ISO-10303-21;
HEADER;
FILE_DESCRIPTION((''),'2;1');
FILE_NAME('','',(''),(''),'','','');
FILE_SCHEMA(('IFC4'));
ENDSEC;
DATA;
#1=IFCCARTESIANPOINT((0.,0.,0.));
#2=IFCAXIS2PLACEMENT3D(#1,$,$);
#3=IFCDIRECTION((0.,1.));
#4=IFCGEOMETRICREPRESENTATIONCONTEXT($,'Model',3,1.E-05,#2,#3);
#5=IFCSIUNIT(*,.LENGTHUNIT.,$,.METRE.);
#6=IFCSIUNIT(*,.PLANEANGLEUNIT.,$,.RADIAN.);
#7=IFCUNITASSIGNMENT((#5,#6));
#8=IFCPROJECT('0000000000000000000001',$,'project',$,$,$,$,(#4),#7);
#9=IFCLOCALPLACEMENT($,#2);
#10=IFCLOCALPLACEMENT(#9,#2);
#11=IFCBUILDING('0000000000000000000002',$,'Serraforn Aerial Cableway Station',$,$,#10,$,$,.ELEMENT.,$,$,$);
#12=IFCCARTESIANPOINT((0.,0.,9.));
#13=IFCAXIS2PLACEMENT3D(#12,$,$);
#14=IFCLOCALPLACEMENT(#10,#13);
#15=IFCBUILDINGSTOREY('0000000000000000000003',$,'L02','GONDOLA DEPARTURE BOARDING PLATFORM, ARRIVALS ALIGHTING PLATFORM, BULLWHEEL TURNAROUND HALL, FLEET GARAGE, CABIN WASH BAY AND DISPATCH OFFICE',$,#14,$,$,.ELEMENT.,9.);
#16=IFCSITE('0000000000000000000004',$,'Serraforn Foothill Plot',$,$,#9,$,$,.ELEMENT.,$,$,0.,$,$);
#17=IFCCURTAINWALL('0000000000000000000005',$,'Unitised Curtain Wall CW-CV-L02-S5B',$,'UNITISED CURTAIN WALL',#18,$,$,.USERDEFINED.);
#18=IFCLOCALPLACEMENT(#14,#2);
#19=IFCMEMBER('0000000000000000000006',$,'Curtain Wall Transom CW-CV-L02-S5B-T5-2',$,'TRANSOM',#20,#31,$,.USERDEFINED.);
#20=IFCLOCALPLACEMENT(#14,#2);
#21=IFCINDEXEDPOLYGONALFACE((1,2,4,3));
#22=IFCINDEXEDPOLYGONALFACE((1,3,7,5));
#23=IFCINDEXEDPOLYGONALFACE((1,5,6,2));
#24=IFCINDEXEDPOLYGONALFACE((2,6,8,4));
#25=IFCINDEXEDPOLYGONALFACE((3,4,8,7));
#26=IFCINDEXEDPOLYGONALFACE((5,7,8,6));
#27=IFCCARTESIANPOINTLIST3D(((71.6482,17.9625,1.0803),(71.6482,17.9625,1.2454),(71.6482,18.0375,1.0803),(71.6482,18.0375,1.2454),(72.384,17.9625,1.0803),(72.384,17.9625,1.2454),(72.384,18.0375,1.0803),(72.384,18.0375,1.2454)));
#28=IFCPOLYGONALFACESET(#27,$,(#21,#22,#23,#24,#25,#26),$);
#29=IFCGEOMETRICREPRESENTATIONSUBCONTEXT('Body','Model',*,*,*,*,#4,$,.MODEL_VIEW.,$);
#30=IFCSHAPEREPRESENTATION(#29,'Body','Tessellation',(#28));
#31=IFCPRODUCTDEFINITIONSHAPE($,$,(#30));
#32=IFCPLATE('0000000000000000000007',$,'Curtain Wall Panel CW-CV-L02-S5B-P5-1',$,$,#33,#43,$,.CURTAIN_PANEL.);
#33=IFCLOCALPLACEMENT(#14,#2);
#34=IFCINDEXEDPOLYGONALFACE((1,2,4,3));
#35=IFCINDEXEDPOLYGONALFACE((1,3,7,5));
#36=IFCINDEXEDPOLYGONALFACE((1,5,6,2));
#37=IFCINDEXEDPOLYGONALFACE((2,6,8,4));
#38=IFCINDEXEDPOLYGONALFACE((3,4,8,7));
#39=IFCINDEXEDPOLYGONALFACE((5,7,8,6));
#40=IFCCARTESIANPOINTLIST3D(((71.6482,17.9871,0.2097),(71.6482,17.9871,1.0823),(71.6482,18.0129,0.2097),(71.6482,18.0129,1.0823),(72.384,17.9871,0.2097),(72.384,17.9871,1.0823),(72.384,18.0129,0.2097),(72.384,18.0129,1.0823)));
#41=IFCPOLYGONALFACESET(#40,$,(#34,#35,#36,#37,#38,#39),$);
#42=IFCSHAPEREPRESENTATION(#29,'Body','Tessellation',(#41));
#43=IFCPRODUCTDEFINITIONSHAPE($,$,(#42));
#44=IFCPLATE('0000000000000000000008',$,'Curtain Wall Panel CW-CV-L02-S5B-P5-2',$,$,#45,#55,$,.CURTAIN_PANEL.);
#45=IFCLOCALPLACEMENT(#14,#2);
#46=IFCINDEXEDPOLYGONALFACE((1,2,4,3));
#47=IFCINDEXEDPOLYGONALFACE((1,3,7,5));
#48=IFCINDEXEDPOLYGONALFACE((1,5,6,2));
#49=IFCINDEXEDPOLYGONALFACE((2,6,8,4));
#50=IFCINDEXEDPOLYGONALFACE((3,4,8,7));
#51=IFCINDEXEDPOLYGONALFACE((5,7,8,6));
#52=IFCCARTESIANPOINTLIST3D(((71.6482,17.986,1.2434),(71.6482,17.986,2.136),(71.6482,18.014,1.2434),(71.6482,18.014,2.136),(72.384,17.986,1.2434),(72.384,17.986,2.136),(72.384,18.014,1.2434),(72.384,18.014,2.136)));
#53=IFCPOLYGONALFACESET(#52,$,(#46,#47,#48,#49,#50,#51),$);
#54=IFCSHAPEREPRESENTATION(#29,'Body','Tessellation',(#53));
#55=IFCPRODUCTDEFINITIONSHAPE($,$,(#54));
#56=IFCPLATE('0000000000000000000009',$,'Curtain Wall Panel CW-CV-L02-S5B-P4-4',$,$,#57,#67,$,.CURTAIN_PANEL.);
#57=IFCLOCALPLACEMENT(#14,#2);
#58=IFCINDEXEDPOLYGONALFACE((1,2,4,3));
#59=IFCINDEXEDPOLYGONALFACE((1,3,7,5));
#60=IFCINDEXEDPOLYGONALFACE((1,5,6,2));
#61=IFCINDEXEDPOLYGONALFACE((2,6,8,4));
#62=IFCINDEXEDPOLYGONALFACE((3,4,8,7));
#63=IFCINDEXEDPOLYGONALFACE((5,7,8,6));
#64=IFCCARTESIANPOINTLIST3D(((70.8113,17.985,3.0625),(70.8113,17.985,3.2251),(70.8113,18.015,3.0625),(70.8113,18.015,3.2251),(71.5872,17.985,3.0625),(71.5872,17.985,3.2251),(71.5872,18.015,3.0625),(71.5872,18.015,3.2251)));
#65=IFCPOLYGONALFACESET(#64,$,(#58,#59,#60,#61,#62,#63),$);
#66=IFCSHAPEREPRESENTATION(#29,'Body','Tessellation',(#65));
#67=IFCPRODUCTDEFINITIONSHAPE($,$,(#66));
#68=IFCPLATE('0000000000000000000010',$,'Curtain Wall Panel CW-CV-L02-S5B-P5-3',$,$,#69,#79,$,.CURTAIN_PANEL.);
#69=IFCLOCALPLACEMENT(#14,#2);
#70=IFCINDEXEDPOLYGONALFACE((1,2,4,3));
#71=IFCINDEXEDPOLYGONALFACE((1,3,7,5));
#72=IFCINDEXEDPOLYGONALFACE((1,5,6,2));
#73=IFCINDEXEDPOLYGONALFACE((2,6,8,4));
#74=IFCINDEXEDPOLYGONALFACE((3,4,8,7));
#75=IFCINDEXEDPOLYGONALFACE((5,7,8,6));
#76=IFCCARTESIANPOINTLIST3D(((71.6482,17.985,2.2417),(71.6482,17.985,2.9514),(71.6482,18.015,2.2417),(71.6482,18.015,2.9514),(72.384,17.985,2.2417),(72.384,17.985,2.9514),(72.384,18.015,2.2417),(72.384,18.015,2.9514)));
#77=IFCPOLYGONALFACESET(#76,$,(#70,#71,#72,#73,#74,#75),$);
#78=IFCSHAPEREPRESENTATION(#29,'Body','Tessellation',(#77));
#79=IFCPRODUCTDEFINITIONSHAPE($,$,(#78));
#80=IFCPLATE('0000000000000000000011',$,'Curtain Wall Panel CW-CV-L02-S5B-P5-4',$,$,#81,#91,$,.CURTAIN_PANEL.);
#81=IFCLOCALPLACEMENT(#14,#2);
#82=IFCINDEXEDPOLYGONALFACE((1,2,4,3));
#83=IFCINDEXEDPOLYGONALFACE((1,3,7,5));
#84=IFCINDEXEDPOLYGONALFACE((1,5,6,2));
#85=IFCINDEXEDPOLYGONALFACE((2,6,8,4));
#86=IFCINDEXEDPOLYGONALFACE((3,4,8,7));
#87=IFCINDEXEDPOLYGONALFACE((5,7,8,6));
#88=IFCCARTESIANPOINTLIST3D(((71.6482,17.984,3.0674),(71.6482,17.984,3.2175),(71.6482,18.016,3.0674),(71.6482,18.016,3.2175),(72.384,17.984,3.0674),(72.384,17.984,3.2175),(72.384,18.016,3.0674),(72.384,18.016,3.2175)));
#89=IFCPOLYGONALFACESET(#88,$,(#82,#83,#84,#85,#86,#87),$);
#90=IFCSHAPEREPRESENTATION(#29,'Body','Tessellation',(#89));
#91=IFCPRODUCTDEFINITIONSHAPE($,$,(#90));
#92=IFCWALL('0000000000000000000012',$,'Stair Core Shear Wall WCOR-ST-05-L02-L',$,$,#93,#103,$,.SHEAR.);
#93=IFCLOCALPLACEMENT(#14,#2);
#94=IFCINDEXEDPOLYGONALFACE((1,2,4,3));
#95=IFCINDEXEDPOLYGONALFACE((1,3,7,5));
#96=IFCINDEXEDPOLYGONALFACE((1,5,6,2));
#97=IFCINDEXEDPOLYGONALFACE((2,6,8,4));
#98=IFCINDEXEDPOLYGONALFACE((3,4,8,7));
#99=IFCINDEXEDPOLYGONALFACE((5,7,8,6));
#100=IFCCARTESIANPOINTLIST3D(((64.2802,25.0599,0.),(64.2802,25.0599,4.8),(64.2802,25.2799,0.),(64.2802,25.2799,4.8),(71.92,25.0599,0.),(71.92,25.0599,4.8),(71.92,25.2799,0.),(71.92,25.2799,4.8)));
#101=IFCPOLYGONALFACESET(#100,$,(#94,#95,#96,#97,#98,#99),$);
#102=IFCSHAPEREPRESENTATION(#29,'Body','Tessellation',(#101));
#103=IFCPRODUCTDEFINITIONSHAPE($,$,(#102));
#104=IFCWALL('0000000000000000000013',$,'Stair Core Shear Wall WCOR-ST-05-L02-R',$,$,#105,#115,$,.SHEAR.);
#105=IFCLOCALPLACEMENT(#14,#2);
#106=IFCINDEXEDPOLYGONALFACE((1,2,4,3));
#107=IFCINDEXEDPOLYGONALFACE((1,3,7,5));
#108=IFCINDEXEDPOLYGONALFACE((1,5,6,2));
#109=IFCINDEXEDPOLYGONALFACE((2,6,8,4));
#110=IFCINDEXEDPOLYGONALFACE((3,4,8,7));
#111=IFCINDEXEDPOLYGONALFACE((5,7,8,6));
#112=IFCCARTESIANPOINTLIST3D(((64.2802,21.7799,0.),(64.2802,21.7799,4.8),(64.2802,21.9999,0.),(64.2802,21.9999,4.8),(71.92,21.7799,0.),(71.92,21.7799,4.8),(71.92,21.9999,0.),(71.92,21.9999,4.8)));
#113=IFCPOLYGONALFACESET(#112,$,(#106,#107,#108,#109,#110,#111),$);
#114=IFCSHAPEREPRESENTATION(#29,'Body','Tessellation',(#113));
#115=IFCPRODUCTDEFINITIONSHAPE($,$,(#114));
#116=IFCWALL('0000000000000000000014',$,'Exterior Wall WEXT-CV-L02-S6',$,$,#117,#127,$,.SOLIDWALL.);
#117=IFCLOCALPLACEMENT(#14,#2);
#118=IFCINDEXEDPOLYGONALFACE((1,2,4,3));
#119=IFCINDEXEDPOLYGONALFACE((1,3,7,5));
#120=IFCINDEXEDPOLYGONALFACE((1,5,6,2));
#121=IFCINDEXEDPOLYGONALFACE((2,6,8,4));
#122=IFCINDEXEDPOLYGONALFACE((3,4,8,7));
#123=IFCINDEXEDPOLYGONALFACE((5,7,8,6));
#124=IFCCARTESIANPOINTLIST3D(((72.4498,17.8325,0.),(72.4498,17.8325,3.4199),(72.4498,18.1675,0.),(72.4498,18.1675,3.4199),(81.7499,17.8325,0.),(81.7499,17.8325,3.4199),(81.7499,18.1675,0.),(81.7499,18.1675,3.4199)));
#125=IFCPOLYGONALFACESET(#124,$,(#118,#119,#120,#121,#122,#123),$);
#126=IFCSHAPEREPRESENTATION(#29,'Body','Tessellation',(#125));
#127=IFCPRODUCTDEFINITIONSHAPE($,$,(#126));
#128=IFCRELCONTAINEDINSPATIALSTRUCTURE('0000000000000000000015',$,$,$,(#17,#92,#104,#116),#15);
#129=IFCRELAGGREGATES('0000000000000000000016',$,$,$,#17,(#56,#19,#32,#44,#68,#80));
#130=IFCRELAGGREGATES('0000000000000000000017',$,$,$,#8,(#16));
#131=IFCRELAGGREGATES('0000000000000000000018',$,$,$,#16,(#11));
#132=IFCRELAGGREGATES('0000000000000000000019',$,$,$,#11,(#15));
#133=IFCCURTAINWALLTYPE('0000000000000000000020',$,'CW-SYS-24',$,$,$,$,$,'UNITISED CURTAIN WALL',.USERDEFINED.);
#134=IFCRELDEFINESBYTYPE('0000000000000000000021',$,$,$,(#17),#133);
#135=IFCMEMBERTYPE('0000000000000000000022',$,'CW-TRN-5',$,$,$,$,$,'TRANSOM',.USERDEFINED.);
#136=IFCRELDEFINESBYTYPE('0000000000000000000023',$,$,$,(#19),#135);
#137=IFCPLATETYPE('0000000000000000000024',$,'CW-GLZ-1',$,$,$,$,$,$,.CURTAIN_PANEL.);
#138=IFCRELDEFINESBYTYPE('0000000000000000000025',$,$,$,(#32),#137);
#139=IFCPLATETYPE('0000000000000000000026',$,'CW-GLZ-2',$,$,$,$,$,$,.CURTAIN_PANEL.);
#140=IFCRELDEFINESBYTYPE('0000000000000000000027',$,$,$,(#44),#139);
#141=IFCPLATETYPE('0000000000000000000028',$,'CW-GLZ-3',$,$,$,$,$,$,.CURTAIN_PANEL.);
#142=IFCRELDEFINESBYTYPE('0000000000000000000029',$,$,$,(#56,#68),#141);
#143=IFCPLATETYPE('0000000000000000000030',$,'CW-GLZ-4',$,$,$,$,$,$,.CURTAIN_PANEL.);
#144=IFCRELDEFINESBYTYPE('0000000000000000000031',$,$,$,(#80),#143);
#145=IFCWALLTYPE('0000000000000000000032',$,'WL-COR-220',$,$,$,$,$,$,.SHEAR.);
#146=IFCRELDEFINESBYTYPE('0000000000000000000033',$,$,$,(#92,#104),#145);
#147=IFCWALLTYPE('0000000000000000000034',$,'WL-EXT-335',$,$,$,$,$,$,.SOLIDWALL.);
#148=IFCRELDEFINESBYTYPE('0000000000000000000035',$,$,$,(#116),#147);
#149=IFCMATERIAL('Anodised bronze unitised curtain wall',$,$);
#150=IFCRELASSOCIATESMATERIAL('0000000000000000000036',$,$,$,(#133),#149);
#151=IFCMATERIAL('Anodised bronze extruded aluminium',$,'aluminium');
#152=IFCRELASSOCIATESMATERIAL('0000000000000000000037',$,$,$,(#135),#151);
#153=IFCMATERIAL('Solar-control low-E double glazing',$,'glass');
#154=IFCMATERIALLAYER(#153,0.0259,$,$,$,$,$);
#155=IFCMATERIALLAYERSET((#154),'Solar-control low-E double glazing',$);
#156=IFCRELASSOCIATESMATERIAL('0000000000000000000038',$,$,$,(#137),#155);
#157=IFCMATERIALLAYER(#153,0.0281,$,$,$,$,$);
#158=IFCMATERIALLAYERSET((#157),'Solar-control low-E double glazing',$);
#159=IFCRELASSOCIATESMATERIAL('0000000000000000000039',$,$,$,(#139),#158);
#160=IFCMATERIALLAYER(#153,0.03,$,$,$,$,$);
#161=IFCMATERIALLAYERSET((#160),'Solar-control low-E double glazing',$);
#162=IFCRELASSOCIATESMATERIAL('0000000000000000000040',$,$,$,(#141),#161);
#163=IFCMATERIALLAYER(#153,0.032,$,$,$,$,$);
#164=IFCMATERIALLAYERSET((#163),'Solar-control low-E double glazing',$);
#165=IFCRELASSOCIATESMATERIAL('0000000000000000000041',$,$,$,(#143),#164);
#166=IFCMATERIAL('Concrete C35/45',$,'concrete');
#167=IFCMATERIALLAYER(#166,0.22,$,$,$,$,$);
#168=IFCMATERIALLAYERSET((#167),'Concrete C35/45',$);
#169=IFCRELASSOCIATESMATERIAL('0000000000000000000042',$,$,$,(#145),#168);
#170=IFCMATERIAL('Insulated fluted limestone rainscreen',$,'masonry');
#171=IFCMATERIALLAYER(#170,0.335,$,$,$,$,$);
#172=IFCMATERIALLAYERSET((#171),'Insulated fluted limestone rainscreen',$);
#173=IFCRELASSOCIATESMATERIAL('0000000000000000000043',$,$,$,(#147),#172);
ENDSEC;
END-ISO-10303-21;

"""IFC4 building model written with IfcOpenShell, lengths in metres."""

from ifc_helpers import new_model, si_unit, direction, frame, frame_2d, origin, origin_2d, place, context, subcontext, project, spatial, rectangle, extrude, material, layer, layer_set, material_profile, profile_set, type_object, element, aggregate, save


model = new_model("IFC4")

# Units and contexts
model_context = context("Model", 3, precision=1e-05, world=origin(), true_north=direction((0.0, 1.0)))
body_context = subcontext(model_context, "Body", "Model", "MODEL_VIEW")
ifc_project = project(units=[si_unit("LENGTHUNIT", "METRE"), si_unit("PLANEANGLEUNIT", "RADIAN")], contexts=[model_context])

# Site, building, storey
site_placement = place(None, origin())
site = spatial("IfcSite", under=ifc_project, at=site_placement, Name="Serraforn Foothill Plot", CompositionType="ELEMENT", RefElevation=0.0)
building_placement = place(site_placement, origin())
building = spatial("IfcBuilding", under=site, at=building_placement, Name="Serraforn Aerial Cableway Station", CompositionType="ELEMENT")
storey_placement = place(building_placement, frame((0.0, 0.0, 9.0)))
storey = spatial("IfcBuildingStorey", under=building, at=storey_placement, Name="L02", Description="GONDOLA DEPARTURE BOARDING PLATFORM, ARRIVALS ALIGHTING PLATFORM, BULLWHEEL TURNAROUND HALL, FLEET GARAGE, CABIN WASH BAY AND DISPATCH OFFICE", CompositionType="ELEMENT", Elevation=9.0)

# Curtain wall, member, plates
ifc_material_1 = material(Name="Anodised bronze unitised curtain wall")
curtain_wall_type = type_object("IfcCurtainWallType", Name="CW-SYS-24", ElementType="UNITISED CURTAIN WALL", PredefinedType="USERDEFINED", material=ifc_material_1)
curtain_wall_placement = place(storey_placement, origin())
curtain_wall = element("IfcCurtainWall", 1, at=curtain_wall_placement, inside=storey, type_object=curtain_wall_type, Name="Unitised Curtain Wall CW-CV-L02-S5B", ObjectType="UNITISED CURTAIN WALL", PredefinedType="USERDEFINED")
ifc_material_2 = material(Name="Anodised bronze extruded aluminium", Category="aluminium")
ifc_material_profile_1 = material_profile(ifc_material_2, rectangle(XDim=0.075, YDim=0.165, at=origin_2d()), Name="CW TRANSOM 75x165")
ifc_profile_set_1 = profile_set([ifc_material_profile_1], Name="Anodised bronze extruded aluminium")
member_type_1 = type_object("IfcMemberType", Name="CW-TRN-5", ElementType="TRANSOM", PredefinedType="USERDEFINED", material=ifc_profile_set_1)
member_1_placement = place(storey_placement, frame((71.6482, 18.0, 1.1628), z_axis=(1.0, 0.0, 0.0), x_axis=(0.0, 1.0, 0.0)))
member_1 = element("IfcMember", 2, at=member_1_placement, type_object=member_type_1, Name="Curtain Wall Transom CW-CV-L02-S5B-T5-2", ObjectType="TRANSOM", PredefinedType="USERDEFINED", context=body_context, shape_type="SweptSolid", body=[
    extrude(rectangle(XDim=0.075, YDim=0.165, at=origin_2d()), origin(), (0.0, 0.0, 1.0), 0.7358),
])
ifc_material_3 = material(Name="Solar-control low-E double glazing", Category="glass")
ifc_layer_1 = layer(ifc_material_3, 0.0259)
ifc_layer_set_1 = layer_set([ifc_layer_1], Name="Solar-control low-E double glazing")
plate_type_1 = type_object("IfcPlateType", Name="CW-GLZ-1", PredefinedType="CURTAIN_PANEL", material=ifc_layer_set_1)
plate_1_placement = place(storey_placement, frame((72.0161, 18.0, 0.2097), z_axis=(0.0, 0.0, 1.0), x_axis=(1.0, 0.0, 0.0)))
plate_1 = element("IfcPlate", 3, at=plate_1_placement, type_object=plate_type_1, Name="Curtain Wall Panel CW-CV-L02-S5B-P5-1", PredefinedType="CURTAIN_PANEL", context=body_context, shape_type="SweptSolid", body=[
    extrude(rectangle(XDim=0.7358, YDim=0.0259, at=origin_2d()), origin(), (0.0, 0.0, 1.0), 0.8726),
])
ifc_layer_2 = layer(ifc_material_3, 0.0281)
ifc_layer_set_2 = layer_set([ifc_layer_2], Name="Solar-control low-E double glazing")
plate_type_2 = type_object("IfcPlateType", Name="CW-GLZ-2", PredefinedType="CURTAIN_PANEL", material=ifc_layer_set_2)
plate_2_placement = place(storey_placement, frame((72.0161, 18.0, 1.2434), z_axis=(0.0, 0.0, 1.0), x_axis=(1.0, 0.0, 0.0)))
plate_2 = element("IfcPlate", 4, at=plate_2_placement, type_object=plate_type_2, Name="Curtain Wall Panel CW-CV-L02-S5B-P5-2", PredefinedType="CURTAIN_PANEL", context=body_context, shape_type="SweptSolid", body=[
    extrude(rectangle(XDim=0.7358, YDim=0.0281, at=origin_2d()), origin(), (0.0, 0.0, 1.0), 0.8926),
])
ifc_layer_3 = layer(ifc_material_3, 0.03)
ifc_layer_set_3 = layer_set([ifc_layer_3], Name="Solar-control low-E double glazing")
plate_type_3 = type_object("IfcPlateType", Name="CW-GLZ-3", PredefinedType="CURTAIN_PANEL", material=ifc_layer_set_3)
plate_3_placement = place(storey_placement, frame((71.1992, 18.0, 3.0625), z_axis=(0.0, 0.0, 1.0), x_axis=(1.0, 0.0, 0.0)))
plate_3 = element("IfcPlate", 5, at=plate_3_placement, type_object=plate_type_3, Name="Curtain Wall Panel CW-CV-L02-S5B-P4-4", PredefinedType="CURTAIN_PANEL", context=body_context, shape_type="SweptSolid", body=[
    extrude(rectangle(XDim=0.7759, YDim=0.03, at=origin_2d()), origin(), (0.0, 0.0, 1.0), 0.1626),
])
plate_4_placement = place(storey_placement, frame((72.0161, 18.0, 2.2417), z_axis=(0.0, 0.0, 1.0), x_axis=(1.0, 0.0, 0.0)))
plate_4 = element("IfcPlate", 6, at=plate_4_placement, type_object=plate_type_3, Name="Curtain Wall Panel CW-CV-L02-S5B-P5-3", PredefinedType="CURTAIN_PANEL", context=body_context, shape_type="SweptSolid", body=[
    extrude(rectangle(XDim=0.7358, YDim=0.03, at=origin_2d()), origin(), (0.0, 0.0, 1.0), 0.7097),
])
ifc_layer_4 = layer(ifc_material_3, 0.032)
ifc_layer_set_4 = layer_set([ifc_layer_4], Name="Solar-control low-E double glazing")
plate_type_4 = type_object("IfcPlateType", Name="CW-GLZ-4", PredefinedType="CURTAIN_PANEL", material=ifc_layer_set_4)
plate_5_placement = place(storey_placement, frame((72.0161, 18.0, 3.0674), z_axis=(0.0, 0.0, 1.0), x_axis=(1.0, 0.0, 0.0)))
plate_5 = element("IfcPlate", 7, at=plate_5_placement, type_object=plate_type_4, Name="Curtain Wall Panel CW-CV-L02-S5B-P5-4", PredefinedType="CURTAIN_PANEL", context=body_context, shape_type="SweptSolid", body=[
    extrude(rectangle(XDim=0.7358, YDim=0.032, at=origin_2d()), origin(), (0.0, 0.0, 1.0), 0.1501),
])
aggregate(curtain_wall, [plate_3, member_1, plate_1, plate_2, plate_4, plate_5])

# Shared definitions
ifc_material_4 = material(Name="Concrete C35/45", Category="concrete")
ifc_layer_5 = layer(ifc_material_4, 0.22)
ifc_layer_set_5 = layer_set([ifc_layer_5], Name="Concrete C35/45")
wall_type_1 = type_object("IfcWallType", Name="WL-COR-220", PredefinedType="SHEAR", material=ifc_layer_set_5)

# Walls
for number, where, z_axis, x_axis, name in (
    (8, (71.9199, 25.1699, 0.0), (0.0, 0.0, 1.0), (-1.0, 0.0, 0.0), "Stair Core Shear Wall WCOR-ST-05-L02-L"),
    (9, (71.9199, 21.8899, 0.0), (0.0, 0.0, 1.0), (-1.0, 0.0, 0.0), "Stair Core Shear Wall WCOR-ST-05-L02-R"),
):
    element("IfcWall", number, at=place(storey_placement, frame(where, z_axis=z_axis, x_axis=x_axis)), inside=storey, type_object=wall_type_1, Name=name, PredefinedType="SHEAR", context=body_context, shape_type="SweptSolid", body=[
        extrude(rectangle(XDim=7.6399, YDim=0.22, at=frame_2d((3.8198, 0.0))), origin(), (0.0, 0.0, 1.0), 4.8),
    ])
ifc_material_5 = material(Name="Insulated fluted limestone rainscreen", Category="masonry")
ifc_layer_6 = layer(ifc_material_5, 0.335)
ifc_layer_set_6 = layer_set([ifc_layer_6], Name="Insulated fluted limestone rainscreen")
wall_type_2 = type_object("IfcWallType", Name="WL-EXT-335", PredefinedType="SOLIDWALL", material=ifc_layer_set_6)
wall_1_placement = place(storey_placement, frame((72.45, 18.0, 0.0), z_axis=(0.0, 0.0, 1.0), x_axis=(1.0, 0.0, 0.0)))
element("IfcWall", 10, at=wall_1_placement, inside=storey, type_object=wall_type_2, Name="Exterior Wall WEXT-CV-L02-S6", PredefinedType="SOLIDWALL", context=body_context, shape_type="SweptSolid", body=[
    extrude(rectangle(XDim=9.3, YDim=0.335, at=frame_2d((4.6499, 0.0))), origin(), (0.0, 0.0, 1.0), 3.4199),
])

save(model, "model.ifc")
